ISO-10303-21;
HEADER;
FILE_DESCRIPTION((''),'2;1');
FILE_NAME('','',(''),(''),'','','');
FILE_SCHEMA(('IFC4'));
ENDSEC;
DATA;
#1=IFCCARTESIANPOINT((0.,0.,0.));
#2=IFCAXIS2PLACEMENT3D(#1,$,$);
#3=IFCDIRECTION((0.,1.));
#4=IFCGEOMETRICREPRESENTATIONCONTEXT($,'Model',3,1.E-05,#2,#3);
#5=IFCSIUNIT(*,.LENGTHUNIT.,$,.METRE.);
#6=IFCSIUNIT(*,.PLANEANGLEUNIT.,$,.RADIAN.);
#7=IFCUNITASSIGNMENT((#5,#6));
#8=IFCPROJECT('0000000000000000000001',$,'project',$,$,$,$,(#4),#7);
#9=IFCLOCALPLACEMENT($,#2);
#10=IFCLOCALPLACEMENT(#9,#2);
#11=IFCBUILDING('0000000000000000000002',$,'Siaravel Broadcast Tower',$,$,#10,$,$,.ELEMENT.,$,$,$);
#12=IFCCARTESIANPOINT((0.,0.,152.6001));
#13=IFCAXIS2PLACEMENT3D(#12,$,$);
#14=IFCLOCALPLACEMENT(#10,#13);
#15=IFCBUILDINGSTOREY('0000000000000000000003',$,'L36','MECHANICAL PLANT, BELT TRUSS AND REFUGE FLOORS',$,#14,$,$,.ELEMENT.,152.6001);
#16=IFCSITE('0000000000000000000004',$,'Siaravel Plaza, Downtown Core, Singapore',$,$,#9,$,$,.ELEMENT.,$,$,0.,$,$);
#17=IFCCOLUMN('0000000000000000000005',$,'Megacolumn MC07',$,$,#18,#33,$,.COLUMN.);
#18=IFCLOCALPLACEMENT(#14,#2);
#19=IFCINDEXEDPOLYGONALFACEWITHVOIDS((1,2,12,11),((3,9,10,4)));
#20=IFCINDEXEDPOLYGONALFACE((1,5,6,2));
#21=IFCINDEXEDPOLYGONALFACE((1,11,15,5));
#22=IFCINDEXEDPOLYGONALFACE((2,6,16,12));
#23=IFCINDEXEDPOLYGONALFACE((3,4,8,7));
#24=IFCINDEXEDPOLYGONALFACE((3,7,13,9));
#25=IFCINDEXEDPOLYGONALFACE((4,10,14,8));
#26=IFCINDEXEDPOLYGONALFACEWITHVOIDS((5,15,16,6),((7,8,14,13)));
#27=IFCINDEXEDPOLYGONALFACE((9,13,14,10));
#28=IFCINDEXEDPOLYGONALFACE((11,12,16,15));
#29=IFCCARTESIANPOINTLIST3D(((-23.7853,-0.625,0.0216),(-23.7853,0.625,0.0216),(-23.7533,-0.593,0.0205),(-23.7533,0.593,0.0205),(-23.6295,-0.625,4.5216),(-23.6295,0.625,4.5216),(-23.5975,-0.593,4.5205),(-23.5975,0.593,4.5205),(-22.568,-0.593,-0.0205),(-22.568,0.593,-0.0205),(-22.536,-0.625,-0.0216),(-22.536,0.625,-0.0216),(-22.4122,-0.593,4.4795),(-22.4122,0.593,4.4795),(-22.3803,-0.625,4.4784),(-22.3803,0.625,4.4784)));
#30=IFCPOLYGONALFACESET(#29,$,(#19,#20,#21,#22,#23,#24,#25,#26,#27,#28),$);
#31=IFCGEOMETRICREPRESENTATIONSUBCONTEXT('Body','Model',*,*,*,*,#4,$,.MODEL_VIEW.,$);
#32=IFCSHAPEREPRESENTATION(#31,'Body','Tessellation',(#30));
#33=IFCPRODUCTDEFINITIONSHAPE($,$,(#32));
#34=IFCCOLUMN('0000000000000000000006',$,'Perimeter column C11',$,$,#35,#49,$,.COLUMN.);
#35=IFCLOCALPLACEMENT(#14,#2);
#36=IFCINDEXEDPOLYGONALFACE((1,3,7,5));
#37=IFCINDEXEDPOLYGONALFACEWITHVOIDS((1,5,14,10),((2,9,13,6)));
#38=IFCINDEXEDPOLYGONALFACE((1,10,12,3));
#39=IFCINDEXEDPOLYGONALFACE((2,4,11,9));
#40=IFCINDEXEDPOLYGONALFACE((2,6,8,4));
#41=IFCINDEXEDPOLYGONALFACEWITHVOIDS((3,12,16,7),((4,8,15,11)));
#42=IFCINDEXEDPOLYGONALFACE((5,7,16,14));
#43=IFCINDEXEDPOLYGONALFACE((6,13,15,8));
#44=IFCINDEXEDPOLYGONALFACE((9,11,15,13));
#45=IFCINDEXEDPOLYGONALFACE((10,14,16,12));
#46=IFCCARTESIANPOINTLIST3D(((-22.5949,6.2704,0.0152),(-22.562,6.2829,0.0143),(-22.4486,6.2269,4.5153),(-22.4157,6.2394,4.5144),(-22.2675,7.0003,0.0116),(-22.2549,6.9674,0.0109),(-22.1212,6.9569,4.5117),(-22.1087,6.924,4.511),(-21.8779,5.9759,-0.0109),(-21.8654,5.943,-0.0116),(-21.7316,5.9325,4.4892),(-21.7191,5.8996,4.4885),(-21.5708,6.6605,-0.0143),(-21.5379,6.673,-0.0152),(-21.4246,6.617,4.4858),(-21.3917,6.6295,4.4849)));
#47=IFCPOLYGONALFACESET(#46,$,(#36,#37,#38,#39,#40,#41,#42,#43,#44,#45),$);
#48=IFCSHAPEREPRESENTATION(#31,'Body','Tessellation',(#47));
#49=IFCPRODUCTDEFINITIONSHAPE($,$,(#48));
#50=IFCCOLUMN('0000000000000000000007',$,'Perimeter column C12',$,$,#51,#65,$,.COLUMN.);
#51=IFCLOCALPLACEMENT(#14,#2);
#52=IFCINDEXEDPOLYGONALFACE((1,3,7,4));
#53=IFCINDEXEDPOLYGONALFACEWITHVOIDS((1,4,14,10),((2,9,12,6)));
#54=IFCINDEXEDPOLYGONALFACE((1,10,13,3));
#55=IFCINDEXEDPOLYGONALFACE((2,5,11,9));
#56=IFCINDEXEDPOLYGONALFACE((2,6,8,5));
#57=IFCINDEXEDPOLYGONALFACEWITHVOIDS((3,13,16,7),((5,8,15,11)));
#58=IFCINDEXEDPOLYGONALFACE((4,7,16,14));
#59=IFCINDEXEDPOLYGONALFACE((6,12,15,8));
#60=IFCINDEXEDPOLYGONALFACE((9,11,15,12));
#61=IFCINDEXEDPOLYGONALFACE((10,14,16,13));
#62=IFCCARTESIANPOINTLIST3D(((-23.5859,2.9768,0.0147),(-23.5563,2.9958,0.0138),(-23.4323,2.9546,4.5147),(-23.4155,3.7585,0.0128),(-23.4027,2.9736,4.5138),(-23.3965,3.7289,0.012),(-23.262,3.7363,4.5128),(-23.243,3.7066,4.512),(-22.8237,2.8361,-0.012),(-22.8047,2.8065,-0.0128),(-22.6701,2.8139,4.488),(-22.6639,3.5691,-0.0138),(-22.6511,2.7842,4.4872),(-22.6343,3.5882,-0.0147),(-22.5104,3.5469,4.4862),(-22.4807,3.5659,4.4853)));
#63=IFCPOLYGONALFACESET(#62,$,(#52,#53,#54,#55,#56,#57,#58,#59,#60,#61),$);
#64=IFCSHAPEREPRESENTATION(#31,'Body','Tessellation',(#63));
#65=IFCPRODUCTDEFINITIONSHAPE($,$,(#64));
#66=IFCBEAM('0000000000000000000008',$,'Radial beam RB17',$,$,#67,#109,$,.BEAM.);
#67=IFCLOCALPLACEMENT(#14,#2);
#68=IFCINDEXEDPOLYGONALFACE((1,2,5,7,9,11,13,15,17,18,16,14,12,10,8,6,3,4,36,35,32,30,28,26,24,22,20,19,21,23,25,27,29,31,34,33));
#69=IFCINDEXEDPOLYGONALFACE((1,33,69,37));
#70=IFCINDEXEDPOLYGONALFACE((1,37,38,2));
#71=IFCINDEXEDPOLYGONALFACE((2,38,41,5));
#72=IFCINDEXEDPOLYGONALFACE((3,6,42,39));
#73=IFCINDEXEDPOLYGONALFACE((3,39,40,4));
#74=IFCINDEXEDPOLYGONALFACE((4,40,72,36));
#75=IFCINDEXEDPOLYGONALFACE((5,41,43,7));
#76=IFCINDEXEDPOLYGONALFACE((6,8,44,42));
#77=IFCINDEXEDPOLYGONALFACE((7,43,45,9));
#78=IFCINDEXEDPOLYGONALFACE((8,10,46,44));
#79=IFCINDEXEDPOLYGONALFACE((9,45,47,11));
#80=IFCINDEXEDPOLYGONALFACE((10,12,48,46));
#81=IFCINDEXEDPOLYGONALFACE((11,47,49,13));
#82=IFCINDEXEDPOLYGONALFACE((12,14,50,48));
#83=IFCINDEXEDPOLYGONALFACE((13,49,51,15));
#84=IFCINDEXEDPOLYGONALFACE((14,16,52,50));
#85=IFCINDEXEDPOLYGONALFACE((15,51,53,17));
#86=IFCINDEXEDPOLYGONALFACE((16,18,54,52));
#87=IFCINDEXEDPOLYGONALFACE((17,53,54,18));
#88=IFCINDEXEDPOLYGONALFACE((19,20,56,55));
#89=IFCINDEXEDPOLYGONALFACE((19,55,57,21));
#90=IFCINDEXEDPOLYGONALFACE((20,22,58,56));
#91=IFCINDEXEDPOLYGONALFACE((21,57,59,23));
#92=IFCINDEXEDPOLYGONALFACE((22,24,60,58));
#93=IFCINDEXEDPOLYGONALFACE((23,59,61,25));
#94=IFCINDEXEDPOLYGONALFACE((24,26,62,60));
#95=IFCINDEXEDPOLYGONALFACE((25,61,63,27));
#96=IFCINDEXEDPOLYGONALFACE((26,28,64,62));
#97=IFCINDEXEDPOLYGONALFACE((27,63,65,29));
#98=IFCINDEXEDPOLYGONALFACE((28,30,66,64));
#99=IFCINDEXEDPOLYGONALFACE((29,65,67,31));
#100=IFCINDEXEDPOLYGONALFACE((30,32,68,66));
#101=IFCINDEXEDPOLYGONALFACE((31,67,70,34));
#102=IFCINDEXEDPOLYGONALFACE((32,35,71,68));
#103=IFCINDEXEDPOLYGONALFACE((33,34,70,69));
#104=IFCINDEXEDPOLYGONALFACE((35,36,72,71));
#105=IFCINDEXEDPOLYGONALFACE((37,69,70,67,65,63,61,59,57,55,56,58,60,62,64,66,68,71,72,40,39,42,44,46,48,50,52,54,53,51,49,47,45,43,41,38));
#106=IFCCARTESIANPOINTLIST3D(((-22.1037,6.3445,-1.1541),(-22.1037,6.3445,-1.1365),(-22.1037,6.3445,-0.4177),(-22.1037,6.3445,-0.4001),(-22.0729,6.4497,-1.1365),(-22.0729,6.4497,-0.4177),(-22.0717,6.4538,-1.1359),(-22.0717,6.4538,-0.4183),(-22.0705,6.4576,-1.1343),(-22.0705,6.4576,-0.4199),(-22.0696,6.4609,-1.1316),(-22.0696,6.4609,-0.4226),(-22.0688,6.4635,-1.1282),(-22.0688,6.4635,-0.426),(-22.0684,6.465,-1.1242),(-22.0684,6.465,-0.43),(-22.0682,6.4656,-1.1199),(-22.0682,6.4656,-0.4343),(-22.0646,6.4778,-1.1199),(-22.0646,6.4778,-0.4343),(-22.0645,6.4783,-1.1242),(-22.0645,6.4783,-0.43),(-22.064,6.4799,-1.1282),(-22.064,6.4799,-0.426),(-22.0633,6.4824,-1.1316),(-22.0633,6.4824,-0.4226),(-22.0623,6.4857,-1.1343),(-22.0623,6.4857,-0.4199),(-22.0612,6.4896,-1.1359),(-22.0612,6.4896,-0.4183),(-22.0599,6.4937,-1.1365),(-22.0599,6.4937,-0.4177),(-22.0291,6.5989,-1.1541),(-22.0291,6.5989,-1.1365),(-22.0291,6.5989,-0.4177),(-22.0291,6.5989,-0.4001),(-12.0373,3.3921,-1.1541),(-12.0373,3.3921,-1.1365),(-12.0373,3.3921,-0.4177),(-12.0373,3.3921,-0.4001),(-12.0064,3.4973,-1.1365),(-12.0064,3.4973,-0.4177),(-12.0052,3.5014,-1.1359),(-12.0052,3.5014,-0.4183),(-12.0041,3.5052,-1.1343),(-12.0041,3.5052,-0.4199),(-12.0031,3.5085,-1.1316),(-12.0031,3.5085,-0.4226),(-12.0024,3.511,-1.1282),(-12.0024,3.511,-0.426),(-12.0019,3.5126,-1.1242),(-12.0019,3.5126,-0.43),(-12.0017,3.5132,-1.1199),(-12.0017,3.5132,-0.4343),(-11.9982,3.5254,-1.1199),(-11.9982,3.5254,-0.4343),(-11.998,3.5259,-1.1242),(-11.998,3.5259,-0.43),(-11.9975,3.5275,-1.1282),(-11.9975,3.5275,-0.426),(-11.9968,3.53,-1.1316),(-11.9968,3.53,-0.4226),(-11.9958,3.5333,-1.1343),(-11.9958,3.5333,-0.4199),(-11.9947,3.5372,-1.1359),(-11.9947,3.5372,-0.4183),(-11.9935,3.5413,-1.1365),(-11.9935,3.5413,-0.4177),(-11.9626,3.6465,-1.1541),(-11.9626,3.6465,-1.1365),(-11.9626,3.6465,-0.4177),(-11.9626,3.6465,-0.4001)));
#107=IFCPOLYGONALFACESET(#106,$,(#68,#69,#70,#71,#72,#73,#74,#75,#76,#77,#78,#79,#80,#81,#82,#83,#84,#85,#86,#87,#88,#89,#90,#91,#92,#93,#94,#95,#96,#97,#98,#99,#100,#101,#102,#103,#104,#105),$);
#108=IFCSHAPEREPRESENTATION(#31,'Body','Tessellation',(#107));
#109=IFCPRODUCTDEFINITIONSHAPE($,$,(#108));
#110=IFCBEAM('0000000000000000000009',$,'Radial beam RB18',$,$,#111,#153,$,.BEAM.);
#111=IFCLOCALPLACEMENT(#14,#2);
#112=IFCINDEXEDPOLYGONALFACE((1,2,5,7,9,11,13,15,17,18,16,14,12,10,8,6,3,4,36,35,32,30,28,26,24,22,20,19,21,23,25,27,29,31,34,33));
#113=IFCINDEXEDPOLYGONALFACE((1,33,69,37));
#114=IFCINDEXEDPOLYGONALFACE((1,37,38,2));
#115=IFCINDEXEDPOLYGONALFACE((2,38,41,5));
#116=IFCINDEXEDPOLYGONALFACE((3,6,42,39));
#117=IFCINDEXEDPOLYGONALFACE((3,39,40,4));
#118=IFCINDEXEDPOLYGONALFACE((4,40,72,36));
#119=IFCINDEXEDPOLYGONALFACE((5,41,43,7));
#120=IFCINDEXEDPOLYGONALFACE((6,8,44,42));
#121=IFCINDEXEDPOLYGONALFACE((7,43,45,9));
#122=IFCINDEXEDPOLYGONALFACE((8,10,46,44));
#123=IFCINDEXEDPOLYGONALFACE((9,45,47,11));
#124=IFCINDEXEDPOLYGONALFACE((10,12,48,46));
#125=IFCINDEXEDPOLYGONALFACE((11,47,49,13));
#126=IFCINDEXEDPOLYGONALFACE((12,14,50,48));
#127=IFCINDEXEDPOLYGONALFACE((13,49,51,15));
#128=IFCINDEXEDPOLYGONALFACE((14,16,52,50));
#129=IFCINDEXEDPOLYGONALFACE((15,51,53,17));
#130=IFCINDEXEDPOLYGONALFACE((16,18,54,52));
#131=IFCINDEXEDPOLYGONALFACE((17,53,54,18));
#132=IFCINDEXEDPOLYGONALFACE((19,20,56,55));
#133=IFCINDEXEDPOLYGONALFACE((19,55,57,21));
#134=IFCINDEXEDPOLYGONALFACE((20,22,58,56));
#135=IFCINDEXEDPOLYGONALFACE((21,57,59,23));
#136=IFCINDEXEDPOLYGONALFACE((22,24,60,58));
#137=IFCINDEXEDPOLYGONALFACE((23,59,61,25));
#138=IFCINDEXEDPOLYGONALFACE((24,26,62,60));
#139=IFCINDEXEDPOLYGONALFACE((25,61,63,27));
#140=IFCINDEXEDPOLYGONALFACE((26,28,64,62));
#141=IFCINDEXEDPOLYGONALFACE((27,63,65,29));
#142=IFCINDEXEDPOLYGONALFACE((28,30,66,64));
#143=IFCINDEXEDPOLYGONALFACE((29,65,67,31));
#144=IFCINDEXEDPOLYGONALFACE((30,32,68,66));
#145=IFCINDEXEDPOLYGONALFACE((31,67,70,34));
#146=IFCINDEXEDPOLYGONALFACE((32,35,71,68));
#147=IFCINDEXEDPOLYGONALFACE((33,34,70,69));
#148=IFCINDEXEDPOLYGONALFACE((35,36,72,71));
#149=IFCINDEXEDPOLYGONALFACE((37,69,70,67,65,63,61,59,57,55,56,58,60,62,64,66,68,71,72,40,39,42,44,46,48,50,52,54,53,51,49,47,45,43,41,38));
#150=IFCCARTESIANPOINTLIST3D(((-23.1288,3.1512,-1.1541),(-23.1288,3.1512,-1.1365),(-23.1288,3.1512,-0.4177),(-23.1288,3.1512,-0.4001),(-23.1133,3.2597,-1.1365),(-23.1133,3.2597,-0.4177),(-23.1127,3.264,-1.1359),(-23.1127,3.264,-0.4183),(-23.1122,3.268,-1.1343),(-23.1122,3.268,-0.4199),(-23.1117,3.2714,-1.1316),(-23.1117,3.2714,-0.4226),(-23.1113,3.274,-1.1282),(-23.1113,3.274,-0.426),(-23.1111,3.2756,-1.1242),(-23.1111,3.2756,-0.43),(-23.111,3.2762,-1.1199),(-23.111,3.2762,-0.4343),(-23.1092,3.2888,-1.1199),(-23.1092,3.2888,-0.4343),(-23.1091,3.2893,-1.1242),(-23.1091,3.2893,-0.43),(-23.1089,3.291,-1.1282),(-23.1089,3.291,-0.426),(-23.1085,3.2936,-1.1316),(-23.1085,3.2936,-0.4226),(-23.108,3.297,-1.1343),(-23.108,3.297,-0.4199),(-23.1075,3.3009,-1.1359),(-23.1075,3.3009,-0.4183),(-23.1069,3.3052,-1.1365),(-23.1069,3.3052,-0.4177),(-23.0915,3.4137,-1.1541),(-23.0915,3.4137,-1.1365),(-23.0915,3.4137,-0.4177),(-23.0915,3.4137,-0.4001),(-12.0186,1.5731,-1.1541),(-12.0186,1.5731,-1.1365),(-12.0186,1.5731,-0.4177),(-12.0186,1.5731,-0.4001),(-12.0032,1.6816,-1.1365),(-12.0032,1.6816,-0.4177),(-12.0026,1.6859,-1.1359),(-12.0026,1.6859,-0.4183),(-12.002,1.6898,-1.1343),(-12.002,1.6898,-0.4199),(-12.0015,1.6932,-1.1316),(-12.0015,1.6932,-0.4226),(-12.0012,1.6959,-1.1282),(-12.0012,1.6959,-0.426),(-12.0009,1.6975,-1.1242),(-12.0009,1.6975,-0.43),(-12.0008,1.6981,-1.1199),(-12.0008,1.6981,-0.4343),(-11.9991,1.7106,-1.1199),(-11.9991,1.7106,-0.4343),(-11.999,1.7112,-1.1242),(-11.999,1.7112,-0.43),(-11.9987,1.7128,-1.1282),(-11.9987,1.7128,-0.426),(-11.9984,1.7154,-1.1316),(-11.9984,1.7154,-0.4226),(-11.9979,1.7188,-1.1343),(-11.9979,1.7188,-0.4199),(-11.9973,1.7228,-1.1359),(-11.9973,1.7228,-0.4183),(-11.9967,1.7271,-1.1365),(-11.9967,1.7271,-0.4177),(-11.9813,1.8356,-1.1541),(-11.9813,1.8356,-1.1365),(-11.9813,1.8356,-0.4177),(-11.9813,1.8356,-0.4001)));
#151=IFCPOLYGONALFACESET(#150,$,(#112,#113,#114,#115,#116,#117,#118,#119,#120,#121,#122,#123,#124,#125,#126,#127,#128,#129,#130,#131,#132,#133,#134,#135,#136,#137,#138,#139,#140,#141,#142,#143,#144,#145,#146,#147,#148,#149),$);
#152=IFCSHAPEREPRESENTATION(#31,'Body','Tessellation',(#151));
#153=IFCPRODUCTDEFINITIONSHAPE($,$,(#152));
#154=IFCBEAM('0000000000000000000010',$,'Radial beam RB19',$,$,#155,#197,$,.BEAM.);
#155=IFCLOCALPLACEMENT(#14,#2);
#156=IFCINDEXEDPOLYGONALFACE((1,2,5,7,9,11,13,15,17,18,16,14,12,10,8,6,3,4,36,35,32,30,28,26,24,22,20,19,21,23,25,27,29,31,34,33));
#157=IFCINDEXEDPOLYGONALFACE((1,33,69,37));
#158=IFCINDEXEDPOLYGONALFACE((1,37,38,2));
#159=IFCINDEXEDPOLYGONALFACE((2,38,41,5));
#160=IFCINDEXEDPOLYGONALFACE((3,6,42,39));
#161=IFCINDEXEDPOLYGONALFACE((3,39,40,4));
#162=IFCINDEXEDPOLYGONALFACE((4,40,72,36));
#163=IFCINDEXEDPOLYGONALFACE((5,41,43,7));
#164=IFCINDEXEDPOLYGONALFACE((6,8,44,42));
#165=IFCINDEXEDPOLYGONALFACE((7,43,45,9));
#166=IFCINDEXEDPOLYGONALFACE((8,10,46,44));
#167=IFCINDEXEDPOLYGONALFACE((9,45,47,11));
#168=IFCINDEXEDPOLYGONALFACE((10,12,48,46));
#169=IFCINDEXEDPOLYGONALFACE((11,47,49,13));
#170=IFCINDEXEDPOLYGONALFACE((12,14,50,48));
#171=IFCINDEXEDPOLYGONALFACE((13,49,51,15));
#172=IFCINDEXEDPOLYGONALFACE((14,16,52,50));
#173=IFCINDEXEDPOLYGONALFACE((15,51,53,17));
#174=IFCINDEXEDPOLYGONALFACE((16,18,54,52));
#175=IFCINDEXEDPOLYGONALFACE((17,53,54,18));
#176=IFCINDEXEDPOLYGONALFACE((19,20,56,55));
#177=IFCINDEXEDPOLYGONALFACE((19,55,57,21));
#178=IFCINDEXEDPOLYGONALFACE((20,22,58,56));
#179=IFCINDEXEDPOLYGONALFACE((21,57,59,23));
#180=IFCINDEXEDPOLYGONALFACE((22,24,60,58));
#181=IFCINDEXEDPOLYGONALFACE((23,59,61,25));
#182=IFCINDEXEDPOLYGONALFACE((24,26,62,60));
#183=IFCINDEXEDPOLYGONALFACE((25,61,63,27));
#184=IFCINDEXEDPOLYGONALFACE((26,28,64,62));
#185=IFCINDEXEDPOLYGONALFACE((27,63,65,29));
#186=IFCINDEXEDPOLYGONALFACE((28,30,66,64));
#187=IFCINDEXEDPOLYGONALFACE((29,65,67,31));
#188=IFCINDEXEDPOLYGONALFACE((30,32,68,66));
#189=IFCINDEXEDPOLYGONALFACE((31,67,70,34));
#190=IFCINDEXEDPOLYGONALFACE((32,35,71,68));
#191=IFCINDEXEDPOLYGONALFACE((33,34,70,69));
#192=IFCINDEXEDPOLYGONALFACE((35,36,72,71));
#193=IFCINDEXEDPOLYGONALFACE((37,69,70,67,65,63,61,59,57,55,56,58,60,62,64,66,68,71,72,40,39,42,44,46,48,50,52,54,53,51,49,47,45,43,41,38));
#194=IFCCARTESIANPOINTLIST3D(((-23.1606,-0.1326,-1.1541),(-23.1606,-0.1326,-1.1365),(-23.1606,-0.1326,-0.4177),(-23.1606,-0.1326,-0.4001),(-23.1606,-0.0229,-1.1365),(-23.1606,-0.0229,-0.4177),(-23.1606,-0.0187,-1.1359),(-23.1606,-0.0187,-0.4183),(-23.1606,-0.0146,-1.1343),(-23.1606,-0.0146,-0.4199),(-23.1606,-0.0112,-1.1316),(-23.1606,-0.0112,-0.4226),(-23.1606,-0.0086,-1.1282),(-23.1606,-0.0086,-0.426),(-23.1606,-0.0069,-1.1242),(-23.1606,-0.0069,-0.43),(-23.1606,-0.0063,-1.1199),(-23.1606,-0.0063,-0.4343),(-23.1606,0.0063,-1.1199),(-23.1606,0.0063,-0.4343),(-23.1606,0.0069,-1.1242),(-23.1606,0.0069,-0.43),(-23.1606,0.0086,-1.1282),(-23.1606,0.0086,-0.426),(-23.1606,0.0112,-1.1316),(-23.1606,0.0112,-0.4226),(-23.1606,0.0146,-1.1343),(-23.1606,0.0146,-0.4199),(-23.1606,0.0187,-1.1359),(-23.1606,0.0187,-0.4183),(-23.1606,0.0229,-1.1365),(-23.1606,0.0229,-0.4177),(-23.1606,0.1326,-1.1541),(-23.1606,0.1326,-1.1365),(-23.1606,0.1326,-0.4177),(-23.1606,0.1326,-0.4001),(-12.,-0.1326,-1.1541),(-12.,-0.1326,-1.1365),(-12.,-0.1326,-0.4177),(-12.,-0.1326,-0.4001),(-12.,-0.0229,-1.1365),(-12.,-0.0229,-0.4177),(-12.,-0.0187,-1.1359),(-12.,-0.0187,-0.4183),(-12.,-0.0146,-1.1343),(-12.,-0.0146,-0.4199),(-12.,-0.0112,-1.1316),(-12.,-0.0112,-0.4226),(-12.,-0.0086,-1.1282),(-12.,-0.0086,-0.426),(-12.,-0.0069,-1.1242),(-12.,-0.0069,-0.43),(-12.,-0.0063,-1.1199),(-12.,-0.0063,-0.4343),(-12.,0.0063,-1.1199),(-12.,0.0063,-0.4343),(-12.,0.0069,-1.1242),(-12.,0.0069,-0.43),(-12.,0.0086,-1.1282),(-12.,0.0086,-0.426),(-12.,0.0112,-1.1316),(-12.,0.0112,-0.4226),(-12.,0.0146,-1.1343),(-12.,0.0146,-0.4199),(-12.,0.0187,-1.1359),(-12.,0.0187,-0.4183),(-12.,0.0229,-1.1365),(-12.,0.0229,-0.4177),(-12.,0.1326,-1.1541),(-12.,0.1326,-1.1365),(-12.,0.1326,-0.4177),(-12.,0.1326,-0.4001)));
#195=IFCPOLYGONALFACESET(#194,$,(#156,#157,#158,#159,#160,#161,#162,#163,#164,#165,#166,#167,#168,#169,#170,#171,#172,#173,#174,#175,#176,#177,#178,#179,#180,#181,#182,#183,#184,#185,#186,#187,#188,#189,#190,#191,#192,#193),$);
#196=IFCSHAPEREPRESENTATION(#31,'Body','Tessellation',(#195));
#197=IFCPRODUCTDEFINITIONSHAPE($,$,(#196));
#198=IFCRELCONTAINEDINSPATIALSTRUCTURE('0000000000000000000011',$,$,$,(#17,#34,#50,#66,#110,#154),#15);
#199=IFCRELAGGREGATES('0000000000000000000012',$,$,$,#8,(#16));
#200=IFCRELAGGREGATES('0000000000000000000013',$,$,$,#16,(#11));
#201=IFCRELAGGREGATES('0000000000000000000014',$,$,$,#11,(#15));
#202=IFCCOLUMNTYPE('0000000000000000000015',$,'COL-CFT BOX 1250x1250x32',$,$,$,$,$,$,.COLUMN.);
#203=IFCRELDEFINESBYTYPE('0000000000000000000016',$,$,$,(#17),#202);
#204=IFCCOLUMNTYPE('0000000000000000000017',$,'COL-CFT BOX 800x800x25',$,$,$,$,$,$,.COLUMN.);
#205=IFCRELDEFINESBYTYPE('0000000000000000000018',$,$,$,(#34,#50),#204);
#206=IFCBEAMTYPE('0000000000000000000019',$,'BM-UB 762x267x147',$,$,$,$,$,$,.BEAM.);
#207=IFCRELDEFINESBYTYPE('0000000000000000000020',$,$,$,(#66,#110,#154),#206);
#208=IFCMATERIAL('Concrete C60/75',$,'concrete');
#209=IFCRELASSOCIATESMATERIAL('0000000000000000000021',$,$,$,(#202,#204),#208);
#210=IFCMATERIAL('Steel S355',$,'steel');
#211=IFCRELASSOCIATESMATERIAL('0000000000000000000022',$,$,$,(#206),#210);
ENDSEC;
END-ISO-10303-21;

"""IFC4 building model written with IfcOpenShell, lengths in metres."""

from ifc_helpers import new_model, si_unit, direction, frame, origin, origin_2d, place, context, subcontext, project, spatial, hollow_rectangle, i_section, extrude, material, material_profile, profile_set, type_object, element, save


model = new_model("IFC4")

# Units and contexts
model_context = context("Model", 3, precision=1e-05, world=origin(), true_north=direction((0.0, 1.0)))
body_context = subcontext(model_context, "Body", "Model", "MODEL_VIEW")
ifc_project = project(units=[si_unit("LENGTHUNIT", "METRE"), si_unit("PLANEANGLEUNIT", "RADIAN")], contexts=[model_context])

# Site, building, storey
site_placement = place(None, origin())
site = spatial("IfcSite", under=ifc_project, at=site_placement, Name="Siaravel Plaza, Downtown Core, Singapore", CompositionType="ELEMENT", RefElevation=0.0)
building_placement = place(site_placement, origin())
building = spatial("IfcBuilding", under=site, at=building_placement, Name="Siaravel Broadcast Tower", CompositionType="ELEMENT")
storey_placement = place(building_placement, frame((0.0, 0.0, 152.6001)))
storey = spatial("IfcBuildingStorey", under=building, at=storey_placement, Name="L36", Description="MECHANICAL PLANT, BELT TRUSS AND REFUGE FLOORS", CompositionType="ELEMENT", Elevation=152.6001)

# Columns
ifc_material_1 = material(Name="Concrete C60/75", Category="concrete")
ifc_material_profile_1 = material_profile(ifc_material_1, hollow_rectangle(XDim=1.25, YDim=1.25, WallThickness=0.032, at=origin_2d()))
ifc_profile_set_1 = profile_set([ifc_material_profile_1], Name="Concrete C60/75")
column_type_1 = type_object("IfcColumnType", Name="COL-CFT BOX 1250x1250x32", PredefinedType="COLUMN", material=ifc_profile_set_1)
column_placement = place(storey_placement, frame((-23.1606, 0.0, 0.0), z_axis=(0.034593, 0.0, 0.999401), x_axis=(0.0, 1.0, 0.0)))
element("IfcColumn", 1, at=column_placement, inside=storey, type_object=column_type_1, Name="Megacolumn MC07", PredefinedType="COLUMN", context=body_context, shape_type="SweptSolid", body=[
    extrude(hollow_rectangle(XDim=1.25, YDim=1.25, WallThickness=0.032, at=origin_2d()), origin(), (0.0, 0.0, 1.0), 4.5027),
])
ifc_material_profile_2 = material_profile(ifc_material_1, hollow_rectangle(XDim=0.8, YDim=0.8, WallThickness=0.0249, at=origin_2d()))
ifc_profile_set_2 = profile_set([ifc_material_profile_2], Name="Concrete C60/75")
column_type_2 = type_object("IfcColumnType", Name="COL-CFT BOX 800x800x25", PredefinedType="COLUMN", material=ifc_profile_set_2)
for number, where, z_axis, x_axis, name in (
    (2, (-22.0664, 6.4717, 0.0), (0.032479, -0.009652, 0.999426), (0.409244, 0.912414, -0.004488), "Perimeter column C11"),
    (3, (-23.1101, 3.2825, 0.0), (0.034105, -0.004934, 0.999406), (0.212939, 0.977062, -0.002443), "Perimeter column C12"),
):
    element("IfcColumn", number, at=place(storey_placement, frame(where, z_axis=z_axis, x_axis=x_axis)), inside=storey, type_object=column_type_2, Name=name, PredefinedType="COLUMN", context=body_context, shape_type="SweptSolid", body=[
        extrude(hollow_rectangle(XDim=0.8, YDim=0.8, WallThickness=0.0249, at=origin_2d()), origin(), (0.0, 0.0, 1.0), 4.5027),
    ])

# Beams
ifc_material_2 = material(Name="Steel S355", Category="steel")
ifc_material_profile_3 = material_profile(ifc_material_2, i_section(OverallWidth=0.2651, OverallDepth=0.7539, WebThickness=0.0127, FlangeThickness=0.0176, FilletRadius=0.0166, at=origin_2d()))
ifc_profile_set_3 = profile_set([ifc_material_profile_3], Name="Steel S355")
beam_type_1 = type_object("IfcBeamType", Name="BM-UB 762x267x147", PredefinedType="BEAM", material=ifc_profile_set_3)
beam_1_placement = place(storey_placement, frame((-22.0664, 6.4717, -0.7771), z_axis=(0.95958, -0.281437, 0.0), x_axis=(0.281437, 0.95958, 0.0)))
element("IfcBeam", 4, at=beam_1_placement, inside=storey, type_object=beam_type_1, Name="Radial beam RB17", PredefinedType="BEAM", context=body_context, shape_type="SweptSolid", body=[
    extrude(i_section(OverallWidth=0.2651, OverallDepth=0.7539, WebThickness=0.0127, FlangeThickness=0.0176, FilletRadius=0.0166, at=origin_2d()), origin(), (0.0, 0.0, 1.0), 10.4905),
])
beam_2_placement = place(storey_placement, frame((-23.1101, 3.2825, -0.7771), z_axis=(0.990062, -0.140632, 0.0), x_axis=(0.140632, 0.990062, 0.0)))
element("IfcBeam", 5, at=beam_2_placement, inside=storey, type_object=beam_type_1, Name="Radial beam RB18", PredefinedType="BEAM", context=body_context, shape_type="SweptSolid", body=[
    extrude(i_section(OverallWidth=0.2651, OverallDepth=0.7539, WebThickness=0.0127, FlangeThickness=0.0176, FilletRadius=0.0166, at=origin_2d()), origin(), (0.0, 0.0, 1.0), 11.2217),
])
beam_3_placement = place(storey_placement, frame((-23.1606, 0.0, -0.7771), z_axis=(1.0, 0.0, 0.0), x_axis=(0.0, 1.0, 0.0)))
element("IfcBeam", 6, at=beam_3_placement, inside=storey, type_object=beam_type_1, Name="Radial beam RB19", PredefinedType="BEAM", context=body_context, shape_type="SweptSolid", body=[
    extrude(i_section(OverallWidth=0.2651, OverallDepth=0.7539, WebThickness=0.0127, FlangeThickness=0.0176, FilletRadius=0.0166, at=origin_2d()), origin(), (0.0, 0.0, 1.0), 11.1606),
])

save(model, "model.ifc")
